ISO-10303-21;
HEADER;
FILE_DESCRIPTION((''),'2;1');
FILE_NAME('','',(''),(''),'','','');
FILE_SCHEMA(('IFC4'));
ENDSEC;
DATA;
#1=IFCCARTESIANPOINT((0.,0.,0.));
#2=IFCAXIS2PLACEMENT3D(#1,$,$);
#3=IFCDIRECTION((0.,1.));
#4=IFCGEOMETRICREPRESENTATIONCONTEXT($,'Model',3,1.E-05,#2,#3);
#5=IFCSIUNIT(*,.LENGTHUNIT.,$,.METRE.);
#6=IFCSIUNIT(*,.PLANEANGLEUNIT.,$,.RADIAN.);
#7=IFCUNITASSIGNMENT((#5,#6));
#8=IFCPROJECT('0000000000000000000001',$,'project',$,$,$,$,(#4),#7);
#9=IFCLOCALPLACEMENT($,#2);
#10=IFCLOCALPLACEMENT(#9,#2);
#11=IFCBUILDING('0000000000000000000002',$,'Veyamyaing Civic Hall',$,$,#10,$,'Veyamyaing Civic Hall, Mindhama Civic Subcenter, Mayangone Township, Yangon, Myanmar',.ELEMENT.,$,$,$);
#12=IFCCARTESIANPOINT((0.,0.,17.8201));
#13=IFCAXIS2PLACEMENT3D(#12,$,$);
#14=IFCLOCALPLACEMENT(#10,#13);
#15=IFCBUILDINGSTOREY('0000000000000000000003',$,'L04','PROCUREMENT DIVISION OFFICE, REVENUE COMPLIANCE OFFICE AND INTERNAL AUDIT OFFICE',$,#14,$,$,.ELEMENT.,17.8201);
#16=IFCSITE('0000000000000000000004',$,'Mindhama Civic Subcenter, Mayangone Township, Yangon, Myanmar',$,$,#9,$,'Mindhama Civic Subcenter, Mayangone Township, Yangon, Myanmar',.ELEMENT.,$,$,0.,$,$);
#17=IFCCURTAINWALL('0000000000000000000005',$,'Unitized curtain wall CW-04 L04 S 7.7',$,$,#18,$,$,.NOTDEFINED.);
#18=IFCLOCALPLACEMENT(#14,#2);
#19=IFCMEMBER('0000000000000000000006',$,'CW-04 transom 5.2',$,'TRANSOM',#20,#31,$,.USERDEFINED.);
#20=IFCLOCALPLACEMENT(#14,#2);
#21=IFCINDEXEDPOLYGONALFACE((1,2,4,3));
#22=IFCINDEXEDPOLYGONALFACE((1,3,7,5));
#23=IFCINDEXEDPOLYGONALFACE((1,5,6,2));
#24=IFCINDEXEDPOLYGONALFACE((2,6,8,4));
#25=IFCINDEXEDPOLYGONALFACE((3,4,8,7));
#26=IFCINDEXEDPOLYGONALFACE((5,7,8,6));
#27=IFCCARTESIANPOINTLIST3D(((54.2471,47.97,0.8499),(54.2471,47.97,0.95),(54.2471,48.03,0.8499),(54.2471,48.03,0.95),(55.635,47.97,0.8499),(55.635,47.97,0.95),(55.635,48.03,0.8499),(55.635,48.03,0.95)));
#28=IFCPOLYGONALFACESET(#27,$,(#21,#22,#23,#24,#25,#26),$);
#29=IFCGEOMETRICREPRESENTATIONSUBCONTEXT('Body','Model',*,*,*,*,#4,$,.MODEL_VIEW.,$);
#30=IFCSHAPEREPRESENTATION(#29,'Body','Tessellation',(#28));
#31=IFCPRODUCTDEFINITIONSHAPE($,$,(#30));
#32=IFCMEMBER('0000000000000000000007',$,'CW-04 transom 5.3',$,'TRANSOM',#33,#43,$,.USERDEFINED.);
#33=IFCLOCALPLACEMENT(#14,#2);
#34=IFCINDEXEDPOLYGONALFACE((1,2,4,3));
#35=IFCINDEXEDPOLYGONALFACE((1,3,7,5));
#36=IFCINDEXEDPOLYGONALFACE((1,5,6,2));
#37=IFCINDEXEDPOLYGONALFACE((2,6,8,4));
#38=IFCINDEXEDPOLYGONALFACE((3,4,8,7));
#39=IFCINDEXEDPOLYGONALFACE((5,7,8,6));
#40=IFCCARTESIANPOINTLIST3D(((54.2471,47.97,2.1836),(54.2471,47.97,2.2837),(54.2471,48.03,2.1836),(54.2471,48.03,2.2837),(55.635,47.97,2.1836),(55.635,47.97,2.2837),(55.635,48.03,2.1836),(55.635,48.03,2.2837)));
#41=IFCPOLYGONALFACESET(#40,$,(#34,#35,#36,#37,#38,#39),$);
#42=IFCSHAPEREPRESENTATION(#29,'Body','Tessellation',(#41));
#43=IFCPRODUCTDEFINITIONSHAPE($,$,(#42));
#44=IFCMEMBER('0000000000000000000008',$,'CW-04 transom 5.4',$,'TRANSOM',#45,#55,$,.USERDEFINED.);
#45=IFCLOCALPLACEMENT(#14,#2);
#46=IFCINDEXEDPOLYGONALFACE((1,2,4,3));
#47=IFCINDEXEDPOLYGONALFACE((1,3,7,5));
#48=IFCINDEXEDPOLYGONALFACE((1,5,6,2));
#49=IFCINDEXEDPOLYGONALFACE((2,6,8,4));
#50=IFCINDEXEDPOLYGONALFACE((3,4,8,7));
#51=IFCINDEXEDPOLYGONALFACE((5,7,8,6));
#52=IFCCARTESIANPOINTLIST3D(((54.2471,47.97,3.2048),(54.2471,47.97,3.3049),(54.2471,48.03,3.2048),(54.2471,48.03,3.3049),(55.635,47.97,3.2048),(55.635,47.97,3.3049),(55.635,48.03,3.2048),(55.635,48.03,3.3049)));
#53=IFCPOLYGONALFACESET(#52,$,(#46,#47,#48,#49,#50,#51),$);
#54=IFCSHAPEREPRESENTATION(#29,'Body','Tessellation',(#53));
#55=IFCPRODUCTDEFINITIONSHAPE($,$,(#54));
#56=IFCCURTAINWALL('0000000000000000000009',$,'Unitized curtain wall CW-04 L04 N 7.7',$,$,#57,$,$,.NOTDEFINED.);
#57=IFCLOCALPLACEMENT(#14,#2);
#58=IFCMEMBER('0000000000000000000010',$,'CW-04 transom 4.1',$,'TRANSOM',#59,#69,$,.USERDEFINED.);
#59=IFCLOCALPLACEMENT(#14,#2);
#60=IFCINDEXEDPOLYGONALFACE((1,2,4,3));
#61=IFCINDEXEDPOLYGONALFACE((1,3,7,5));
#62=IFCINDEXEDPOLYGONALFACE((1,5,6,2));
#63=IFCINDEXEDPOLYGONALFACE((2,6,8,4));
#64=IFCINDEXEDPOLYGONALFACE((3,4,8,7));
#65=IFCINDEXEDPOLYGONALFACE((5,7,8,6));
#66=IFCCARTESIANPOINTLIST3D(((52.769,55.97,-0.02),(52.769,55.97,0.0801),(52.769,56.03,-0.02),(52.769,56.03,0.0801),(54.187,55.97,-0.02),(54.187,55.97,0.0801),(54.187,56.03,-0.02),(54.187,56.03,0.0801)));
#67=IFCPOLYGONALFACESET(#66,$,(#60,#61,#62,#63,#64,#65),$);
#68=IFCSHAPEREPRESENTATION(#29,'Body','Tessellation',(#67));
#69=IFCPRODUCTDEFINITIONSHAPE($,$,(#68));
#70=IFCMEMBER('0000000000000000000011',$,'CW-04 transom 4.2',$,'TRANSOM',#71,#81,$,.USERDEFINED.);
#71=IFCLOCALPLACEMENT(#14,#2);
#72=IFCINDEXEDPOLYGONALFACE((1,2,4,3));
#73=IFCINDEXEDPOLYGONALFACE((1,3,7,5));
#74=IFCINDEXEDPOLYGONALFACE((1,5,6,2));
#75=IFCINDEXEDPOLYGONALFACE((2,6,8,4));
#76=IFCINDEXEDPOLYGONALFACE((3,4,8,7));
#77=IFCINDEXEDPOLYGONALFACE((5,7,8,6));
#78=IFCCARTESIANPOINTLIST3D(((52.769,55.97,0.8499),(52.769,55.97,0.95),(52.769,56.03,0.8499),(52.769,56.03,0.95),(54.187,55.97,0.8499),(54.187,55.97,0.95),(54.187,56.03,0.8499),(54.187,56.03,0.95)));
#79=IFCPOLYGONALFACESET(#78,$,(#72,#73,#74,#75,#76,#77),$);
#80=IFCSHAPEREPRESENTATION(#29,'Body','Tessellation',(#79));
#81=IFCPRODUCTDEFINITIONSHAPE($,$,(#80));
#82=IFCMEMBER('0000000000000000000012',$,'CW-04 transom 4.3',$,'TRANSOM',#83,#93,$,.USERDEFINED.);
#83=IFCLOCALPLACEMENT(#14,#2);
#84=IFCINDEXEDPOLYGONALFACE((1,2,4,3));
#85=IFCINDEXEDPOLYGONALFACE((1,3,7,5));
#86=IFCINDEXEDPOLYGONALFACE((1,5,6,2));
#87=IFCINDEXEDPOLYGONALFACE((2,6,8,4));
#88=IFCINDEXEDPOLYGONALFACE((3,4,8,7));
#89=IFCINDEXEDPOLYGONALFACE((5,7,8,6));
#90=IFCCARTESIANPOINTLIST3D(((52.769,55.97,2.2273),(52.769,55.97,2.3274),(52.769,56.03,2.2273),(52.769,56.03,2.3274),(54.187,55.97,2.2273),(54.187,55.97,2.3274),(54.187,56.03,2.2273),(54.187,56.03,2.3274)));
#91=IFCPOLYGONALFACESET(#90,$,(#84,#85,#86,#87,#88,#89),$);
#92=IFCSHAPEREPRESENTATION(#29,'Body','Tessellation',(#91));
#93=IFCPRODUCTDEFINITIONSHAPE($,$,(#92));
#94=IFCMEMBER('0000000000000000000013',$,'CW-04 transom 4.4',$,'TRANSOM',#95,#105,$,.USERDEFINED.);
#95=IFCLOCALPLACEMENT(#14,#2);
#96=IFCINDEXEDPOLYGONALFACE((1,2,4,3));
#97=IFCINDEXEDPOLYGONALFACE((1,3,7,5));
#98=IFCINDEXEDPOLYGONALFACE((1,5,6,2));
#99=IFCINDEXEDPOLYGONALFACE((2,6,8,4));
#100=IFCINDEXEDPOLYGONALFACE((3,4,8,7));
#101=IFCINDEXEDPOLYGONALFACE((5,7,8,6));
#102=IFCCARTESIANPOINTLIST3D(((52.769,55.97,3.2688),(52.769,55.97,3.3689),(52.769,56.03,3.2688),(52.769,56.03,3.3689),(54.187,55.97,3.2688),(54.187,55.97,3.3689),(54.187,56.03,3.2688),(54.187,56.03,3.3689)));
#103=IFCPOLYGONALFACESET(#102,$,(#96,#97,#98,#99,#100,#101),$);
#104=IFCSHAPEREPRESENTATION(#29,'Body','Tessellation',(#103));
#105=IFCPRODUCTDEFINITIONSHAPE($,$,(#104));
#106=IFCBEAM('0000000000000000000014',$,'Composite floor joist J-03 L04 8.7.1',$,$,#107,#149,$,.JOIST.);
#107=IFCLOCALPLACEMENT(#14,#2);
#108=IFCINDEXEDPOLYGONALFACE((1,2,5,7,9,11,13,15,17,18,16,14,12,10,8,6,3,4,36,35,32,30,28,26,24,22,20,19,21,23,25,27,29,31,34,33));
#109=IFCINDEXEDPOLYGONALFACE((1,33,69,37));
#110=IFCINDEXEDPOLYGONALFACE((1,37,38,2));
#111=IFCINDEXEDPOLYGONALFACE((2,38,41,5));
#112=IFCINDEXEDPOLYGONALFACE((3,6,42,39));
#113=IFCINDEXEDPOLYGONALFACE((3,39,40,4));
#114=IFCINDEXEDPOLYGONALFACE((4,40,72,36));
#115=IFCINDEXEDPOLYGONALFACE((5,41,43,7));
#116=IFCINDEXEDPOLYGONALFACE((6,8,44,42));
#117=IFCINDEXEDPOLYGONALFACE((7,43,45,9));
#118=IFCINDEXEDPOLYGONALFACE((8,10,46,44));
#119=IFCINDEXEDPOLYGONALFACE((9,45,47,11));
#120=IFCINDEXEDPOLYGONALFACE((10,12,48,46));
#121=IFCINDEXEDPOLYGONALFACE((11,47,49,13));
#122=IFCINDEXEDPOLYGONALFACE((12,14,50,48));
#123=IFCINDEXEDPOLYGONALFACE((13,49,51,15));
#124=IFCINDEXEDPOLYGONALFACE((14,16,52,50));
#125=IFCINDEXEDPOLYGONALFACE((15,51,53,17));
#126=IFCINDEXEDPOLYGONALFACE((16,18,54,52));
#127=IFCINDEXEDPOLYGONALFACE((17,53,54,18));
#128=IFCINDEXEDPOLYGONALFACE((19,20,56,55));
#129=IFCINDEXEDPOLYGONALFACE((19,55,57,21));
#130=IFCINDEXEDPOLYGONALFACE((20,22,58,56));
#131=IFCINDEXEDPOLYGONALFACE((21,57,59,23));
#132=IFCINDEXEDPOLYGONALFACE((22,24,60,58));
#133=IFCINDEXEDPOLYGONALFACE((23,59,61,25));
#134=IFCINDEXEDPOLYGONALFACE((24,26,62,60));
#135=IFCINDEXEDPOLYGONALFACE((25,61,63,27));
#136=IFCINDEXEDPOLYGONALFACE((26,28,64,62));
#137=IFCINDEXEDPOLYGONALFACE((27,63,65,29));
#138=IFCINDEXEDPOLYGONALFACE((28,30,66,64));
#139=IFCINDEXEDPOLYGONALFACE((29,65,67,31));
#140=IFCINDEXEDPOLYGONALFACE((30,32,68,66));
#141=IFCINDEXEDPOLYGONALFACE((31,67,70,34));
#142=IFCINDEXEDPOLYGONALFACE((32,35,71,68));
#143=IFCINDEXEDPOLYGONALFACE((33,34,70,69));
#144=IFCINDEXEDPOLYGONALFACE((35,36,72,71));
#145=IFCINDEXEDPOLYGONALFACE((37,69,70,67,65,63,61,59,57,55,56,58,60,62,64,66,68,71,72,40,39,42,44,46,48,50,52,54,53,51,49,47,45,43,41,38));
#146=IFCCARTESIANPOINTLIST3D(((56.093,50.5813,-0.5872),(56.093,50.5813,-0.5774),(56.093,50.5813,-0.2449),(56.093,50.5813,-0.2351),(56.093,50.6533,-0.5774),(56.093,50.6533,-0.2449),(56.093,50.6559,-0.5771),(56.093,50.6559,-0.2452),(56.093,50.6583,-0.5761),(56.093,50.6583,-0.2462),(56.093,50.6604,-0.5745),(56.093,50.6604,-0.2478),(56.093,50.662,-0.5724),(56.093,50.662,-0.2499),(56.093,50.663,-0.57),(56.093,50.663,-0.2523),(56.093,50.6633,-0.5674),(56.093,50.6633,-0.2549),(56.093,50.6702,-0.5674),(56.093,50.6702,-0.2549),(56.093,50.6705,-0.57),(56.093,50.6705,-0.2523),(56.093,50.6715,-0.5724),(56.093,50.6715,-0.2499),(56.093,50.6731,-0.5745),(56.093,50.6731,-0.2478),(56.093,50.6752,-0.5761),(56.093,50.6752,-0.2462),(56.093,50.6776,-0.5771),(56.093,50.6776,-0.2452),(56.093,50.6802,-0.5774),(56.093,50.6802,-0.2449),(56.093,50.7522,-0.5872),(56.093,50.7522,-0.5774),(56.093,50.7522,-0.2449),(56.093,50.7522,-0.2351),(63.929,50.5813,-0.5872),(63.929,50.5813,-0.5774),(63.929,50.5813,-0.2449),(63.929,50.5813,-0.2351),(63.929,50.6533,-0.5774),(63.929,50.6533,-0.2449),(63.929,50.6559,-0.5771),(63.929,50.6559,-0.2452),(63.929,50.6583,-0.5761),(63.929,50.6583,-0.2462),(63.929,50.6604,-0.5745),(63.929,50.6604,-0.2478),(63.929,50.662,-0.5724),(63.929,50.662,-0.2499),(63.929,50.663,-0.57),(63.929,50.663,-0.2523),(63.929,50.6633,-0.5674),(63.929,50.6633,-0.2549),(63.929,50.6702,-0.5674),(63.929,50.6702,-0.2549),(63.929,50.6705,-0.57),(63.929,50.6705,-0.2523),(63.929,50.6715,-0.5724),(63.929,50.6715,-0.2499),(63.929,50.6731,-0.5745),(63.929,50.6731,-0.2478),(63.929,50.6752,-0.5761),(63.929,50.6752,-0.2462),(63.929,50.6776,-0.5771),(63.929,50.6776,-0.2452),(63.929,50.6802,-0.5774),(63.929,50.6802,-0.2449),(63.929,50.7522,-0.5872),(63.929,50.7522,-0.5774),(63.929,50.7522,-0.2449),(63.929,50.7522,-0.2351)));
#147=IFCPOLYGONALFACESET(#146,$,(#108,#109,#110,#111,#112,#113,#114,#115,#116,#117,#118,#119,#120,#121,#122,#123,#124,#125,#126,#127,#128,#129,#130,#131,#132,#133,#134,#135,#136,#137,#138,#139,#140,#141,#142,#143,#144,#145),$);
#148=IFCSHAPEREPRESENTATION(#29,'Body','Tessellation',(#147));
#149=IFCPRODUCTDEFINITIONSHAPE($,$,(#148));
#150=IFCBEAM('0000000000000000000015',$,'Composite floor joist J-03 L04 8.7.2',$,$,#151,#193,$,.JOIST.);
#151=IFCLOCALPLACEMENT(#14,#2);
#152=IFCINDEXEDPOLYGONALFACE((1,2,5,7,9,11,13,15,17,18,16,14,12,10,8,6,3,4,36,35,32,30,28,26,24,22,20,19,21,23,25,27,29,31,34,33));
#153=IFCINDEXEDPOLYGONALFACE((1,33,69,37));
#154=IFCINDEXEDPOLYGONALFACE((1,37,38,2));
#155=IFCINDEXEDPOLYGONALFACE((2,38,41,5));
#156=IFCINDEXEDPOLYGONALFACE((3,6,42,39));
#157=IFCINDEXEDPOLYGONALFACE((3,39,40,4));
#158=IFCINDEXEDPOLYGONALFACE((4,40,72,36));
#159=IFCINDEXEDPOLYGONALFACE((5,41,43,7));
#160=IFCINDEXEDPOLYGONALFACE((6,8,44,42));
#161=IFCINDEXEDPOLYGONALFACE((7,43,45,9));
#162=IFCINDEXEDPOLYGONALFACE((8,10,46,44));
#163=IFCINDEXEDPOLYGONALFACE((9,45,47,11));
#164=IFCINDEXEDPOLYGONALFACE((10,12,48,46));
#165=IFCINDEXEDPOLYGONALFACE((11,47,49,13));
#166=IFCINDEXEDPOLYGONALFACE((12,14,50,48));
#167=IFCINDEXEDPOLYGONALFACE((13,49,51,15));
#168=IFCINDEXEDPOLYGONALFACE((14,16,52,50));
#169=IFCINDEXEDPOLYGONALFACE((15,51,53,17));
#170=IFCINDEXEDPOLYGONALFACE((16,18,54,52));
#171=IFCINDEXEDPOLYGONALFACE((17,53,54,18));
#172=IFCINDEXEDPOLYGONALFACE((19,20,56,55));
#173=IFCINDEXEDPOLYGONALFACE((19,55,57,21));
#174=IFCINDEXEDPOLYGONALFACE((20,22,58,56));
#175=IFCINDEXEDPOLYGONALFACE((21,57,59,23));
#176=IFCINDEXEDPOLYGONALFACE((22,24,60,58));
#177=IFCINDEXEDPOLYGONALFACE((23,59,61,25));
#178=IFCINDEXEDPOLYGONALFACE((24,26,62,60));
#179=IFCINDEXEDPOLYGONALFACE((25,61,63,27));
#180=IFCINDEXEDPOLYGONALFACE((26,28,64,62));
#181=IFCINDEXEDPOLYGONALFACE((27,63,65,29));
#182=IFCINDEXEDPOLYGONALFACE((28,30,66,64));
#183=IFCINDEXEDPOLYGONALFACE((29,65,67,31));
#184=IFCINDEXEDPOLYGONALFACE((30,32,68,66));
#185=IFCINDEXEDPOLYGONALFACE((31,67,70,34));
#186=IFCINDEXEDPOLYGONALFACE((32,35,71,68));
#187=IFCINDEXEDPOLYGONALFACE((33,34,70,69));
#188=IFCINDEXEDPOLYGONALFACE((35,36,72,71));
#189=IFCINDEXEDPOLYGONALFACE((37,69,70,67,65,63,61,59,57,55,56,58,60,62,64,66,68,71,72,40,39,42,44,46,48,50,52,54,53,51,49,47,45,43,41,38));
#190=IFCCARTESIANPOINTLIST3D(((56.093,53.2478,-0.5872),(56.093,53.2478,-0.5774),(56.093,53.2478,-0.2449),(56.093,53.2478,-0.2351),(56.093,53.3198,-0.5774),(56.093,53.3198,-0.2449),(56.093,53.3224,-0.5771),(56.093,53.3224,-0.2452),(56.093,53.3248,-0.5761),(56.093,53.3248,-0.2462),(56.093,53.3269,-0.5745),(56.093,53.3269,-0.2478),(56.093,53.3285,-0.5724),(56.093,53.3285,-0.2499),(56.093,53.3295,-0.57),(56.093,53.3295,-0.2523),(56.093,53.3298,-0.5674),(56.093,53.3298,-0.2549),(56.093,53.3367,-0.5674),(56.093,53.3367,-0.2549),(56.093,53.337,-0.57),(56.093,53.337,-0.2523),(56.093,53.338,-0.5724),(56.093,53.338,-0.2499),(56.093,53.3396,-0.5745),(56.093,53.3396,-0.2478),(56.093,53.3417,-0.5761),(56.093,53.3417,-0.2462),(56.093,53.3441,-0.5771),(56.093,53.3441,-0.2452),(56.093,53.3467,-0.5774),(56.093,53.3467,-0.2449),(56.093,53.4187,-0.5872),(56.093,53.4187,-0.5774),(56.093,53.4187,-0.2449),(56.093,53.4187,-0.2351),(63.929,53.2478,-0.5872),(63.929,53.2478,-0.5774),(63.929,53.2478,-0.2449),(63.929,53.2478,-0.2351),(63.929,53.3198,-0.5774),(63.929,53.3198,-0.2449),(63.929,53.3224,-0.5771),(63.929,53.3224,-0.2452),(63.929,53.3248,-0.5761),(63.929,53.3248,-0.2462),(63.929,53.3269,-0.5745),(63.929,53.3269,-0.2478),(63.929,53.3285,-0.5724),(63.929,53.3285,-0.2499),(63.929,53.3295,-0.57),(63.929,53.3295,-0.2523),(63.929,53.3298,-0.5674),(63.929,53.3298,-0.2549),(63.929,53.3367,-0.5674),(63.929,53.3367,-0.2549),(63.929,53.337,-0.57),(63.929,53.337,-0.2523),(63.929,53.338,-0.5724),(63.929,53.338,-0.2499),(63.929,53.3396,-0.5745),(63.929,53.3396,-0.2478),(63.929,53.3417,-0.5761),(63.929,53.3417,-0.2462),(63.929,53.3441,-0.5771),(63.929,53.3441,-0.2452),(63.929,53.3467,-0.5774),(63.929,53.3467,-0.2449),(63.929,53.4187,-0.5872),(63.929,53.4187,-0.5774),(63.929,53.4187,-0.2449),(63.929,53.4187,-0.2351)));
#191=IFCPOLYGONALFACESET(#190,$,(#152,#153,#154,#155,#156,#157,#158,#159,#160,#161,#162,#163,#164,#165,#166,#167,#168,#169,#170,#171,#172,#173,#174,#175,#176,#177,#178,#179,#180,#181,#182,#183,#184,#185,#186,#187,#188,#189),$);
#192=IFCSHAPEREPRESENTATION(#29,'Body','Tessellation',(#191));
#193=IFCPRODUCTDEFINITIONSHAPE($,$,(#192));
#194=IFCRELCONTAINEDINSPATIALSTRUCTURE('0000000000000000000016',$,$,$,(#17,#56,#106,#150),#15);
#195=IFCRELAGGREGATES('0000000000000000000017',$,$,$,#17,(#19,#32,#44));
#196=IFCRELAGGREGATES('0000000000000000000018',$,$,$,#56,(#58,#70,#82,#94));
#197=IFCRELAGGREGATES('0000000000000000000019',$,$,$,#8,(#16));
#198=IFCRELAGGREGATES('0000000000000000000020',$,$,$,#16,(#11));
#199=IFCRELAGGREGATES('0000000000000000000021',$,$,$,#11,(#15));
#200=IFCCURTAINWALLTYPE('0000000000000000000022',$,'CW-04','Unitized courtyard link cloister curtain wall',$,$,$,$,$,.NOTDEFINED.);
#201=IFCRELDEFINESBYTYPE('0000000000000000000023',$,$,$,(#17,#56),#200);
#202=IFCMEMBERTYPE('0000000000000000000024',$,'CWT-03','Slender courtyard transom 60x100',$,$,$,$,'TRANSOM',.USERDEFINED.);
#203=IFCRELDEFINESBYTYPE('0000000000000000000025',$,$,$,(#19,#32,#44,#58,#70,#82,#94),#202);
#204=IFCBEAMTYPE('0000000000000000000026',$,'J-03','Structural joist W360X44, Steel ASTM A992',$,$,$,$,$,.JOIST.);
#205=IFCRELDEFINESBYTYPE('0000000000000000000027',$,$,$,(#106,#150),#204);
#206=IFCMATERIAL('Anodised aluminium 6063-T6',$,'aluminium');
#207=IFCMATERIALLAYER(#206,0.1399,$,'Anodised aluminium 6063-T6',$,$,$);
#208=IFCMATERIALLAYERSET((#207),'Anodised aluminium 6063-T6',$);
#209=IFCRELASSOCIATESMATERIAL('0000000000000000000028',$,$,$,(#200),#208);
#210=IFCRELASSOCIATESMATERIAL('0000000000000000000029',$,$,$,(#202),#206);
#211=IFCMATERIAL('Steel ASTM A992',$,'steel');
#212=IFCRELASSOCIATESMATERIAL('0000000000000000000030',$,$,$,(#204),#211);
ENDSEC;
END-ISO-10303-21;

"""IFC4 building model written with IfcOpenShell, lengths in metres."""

from ifc_helpers import new_model, si_unit, direction, frame, origin, origin_2d, place, context, subcontext, project, spatial, rectangle, i_section, extrude, material, layer, layer_set, material_profile, profile_set, type_object, element, aggregate, save


model = new_model("IFC4")

# Units and contexts
model_context = context("Model", 3, precision=1e-05, world=origin(), true_north=direction((0.0, 1.0)))
body_context = subcontext(model_context, "Body", "Model", "MODEL_VIEW")
ifc_project = project(units=[si_unit("LENGTHUNIT", "METRE"), si_unit("PLANEANGLEUNIT", "RADIAN")], contexts=[model_context])

# Site, building, storey
site_placement = place(None, origin())
site = spatial("IfcSite", under=ifc_project, at=site_placement, Name="Mindhama Civic Subcenter, Mayangone Township, Yangon, Myanmar", LongName="Mindhama Civic Subcenter, Mayangone Township, Yangon, Myanmar", CompositionType="ELEMENT", RefElevation=0.0)
building_placement = place(site_placement, origin())
building = spatial("IfcBuilding", under=site, at=building_placement, Name="Veyamyaing Civic Hall", LongName="Veyamyaing Civic Hall, Mindhama Civic Subcenter, Mayangone Township, Yangon, Myanmar", CompositionType="ELEMENT")
storey_placement = place(building_placement, frame((0.0, 0.0, 17.8201)))
storey = spatial("IfcBuildingStorey", under=building, at=storey_placement, Name="L04", Description="PROCUREMENT DIVISION OFFICE, REVENUE COMPLIANCE OFFICE AND INTERNAL AUDIT OFFICE", CompositionType="ELEMENT", Elevation=17.8201)

# Shared definitions
ifc_material_1 = material(Name="Steel ASTM A992", Category="steel")

# Curtain walls, members
ifc_material_2 = material(Name="Anodised aluminium 6063-T6", Category="aluminium")
ifc_layer_1 = layer(ifc_material_2, 0.1399, Name="Anodised aluminium 6063-T6")
ifc_layer_set_1 = layer_set([ifc_layer_1], Name="Anodised aluminium 6063-T6")
curtain_wall_type = type_object("IfcCurtainWallType", Name="CW-04", Description="Unitized courtyard link cloister curtain wall", PredefinedType="NOTDEFINED", material=ifc_layer_set_1)
curtain_wall_1_placement = place(storey_placement, origin())
curtain_wall_1 = element("IfcCurtainWall", 1, at=curtain_wall_1_placement, inside=storey, type_object=curtain_wall_type, Name="Unitized curtain wall CW-04 L04 S 7.7", PredefinedType="NOTDEFINED")
ifc_material_profile_1 = material_profile(ifc_material_2, rectangle(XDim=0.0601, YDim=0.1001, at=origin_2d()), Name="ALU-TRN-60X100")
ifc_profile_set_1 = profile_set([ifc_material_profile_1], Name="Anodised aluminium 6063-T6")
member_type_1 = type_object("IfcMemberType", Name="CWT-03", Description="Slender courtyard transom 60x100", ElementType="TRANSOM", PredefinedType="USERDEFINED", material=ifc_profile_set_1)
member_1_placement = place(storey_placement, frame((54.2471, 48.0, 0.8999), z_axis=(1.0, 0.0, 0.0), x_axis=(0.0, 1.0, 0.0)))
member_1 = element("IfcMember", 2, at=member_1_placement, type_object=member_type_1, Name="CW-04 transom 5.2", ObjectType="TRANSOM", PredefinedType="USERDEFINED", context=body_context, shape_type="SweptSolid", body=[
    extrude(rectangle(XDim=0.0601, YDim=0.1001, at=origin_2d()), origin(), (0.0, 0.0, 1.0), 1.3879),
])
member_2_placement = place(storey_placement, frame((54.2471, 48.0, 2.2336), z_axis=(1.0, 0.0, 0.0), x_axis=(0.0, 1.0, 0.0)))
member_2 = element("IfcMember", 3, at=member_2_placement, type_object=member_type_1, Name="CW-04 transom 5.3", ObjectType="TRANSOM", PredefinedType="USERDEFINED", context=body_context, shape_type="SweptSolid", body=[
    extrude(rectangle(XDim=0.0601, YDim=0.1001, at=origin_2d()), origin(), (0.0, 0.0, 1.0), 1.3879),
])
member_3_placement = place(storey_placement, frame((54.2471, 48.0, 3.2549), z_axis=(1.0, 0.0, 0.0), x_axis=(0.0, 1.0, 0.0)))
member_3 = element("IfcMember", 4, at=member_3_placement, type_object=member_type_1, Name="CW-04 transom 5.4", ObjectType="TRANSOM", PredefinedType="USERDEFINED", context=body_context, shape_type="SweptSolid", body=[
    extrude(rectangle(XDim=0.0601, YDim=0.1001, at=origin_2d()), origin(), (0.0, 0.0, 1.0), 1.3879),
])
curtain_wall_2_placement = place(storey_placement, origin())
curtain_wall_2 = element("IfcCurtainWall", 5, at=curtain_wall_2_placement, inside=storey, type_object=curtain_wall_type, Name="Unitized curtain wall CW-04 L04 N 7.7", PredefinedType="NOTDEFINED")
member_4_placement = place(storey_placement, frame((52.769, 56.0, 0.03), z_axis=(1.0, 0.0, 0.0), x_axis=(0.0, 1.0, 0.0)))
member_4 = element("IfcMember", 6, at=member_4_placement, type_object=member_type_1, Name="CW-04 transom 4.1", ObjectType="TRANSOM", PredefinedType="USERDEFINED", context=body_context, shape_type="SweptSolid", body=[
    extrude(rectangle(XDim=0.0601, YDim=0.1001, at=origin_2d()), origin(), (0.0, 0.0, 1.0), 1.418),
])
member_5_placement = place(storey_placement, frame((52.769, 56.0, 0.8999), z_axis=(1.0, 0.0, 0.0), x_axis=(0.0, 1.0, 0.0)))
member_5 = element("IfcMember", 7, at=member_5_placement, type_object=member_type_1, Name="CW-04 transom 4.2", ObjectType="TRANSOM", PredefinedType="USERDEFINED", context=body_context, shape_type="SweptSolid", body=[
    extrude(rectangle(XDim=0.0601, YDim=0.1001, at=origin_2d()), origin(), (0.0, 0.0, 1.0), 1.418),
])
member_6_placement = place(storey_placement, frame((52.769, 56.0, 2.2773), z_axis=(1.0, 0.0, 0.0), x_axis=(0.0, 1.0, 0.0)))
member_6 = element("IfcMember", 8, at=member_6_placement, type_object=member_type_1, Name="CW-04 transom 4.3", ObjectType="TRANSOM", PredefinedType="USERDEFINED", context=body_context, shape_type="SweptSolid", body=[
    extrude(rectangle(XDim=0.0601, YDim=0.1001, at=origin_2d()), origin(), (0.0, 0.0, 1.0), 1.418),
])
member_7_placement = place(storey_placement, frame((52.769, 56.0, 3.3188), z_axis=(1.0, 0.0, 0.0), x_axis=(0.0, 1.0, 0.0)))
member_7 = element("IfcMember", 9, at=member_7_placement, type_object=member_type_1, Name="CW-04 transom 4.4", ObjectType="TRANSOM", PredefinedType="USERDEFINED", context=body_context, shape_type="SweptSolid", body=[
    extrude(rectangle(XDim=0.0601, YDim=0.1001, at=origin_2d()), origin(), (0.0, 0.0, 1.0), 1.418),
])

# Beams
ifc_material_profile_2 = material_profile(ifc_material_1, i_section(OverallWidth=0.1709, OverallDepth=0.3521, WebThickness=0.0068, FlangeThickness=0.0098, FilletRadius=0.01, at=origin_2d()), Name="W360X44")
ifc_profile_set_2 = profile_set([ifc_material_profile_2], Name="Steel ASTM A992")
beam_type_1 = type_object("IfcBeamType", Name="J-03", Description="Structural joist W360X44, Steel ASTM A992", PredefinedType="JOIST", material=ifc_profile_set_2)
for number, where, z_axis, x_axis, name in (
    (10, (56.093, 50.6667, -0.4111), (1.0, 0.0, 0.0), (0.0, 1.0, 0.0), "Composite floor joist J-03 L04 8.7.1"),
    (11, (56.093, 53.3333, -0.4111), (1.0, 0.0, 0.0), (0.0, 1.0, 0.0), "Composite floor joist J-03 L04 8.7.2"),
):
    element("IfcBeam", number, at=place(storey_placement, frame(where, z_axis=z_axis, x_axis=x_axis)), inside=storey, type_object=beam_type_1, Name=name, PredefinedType="JOIST", context=body_context, shape_type="SweptSolid", body=[
        extrude(i_section(OverallWidth=0.1709, OverallDepth=0.3521, WebThickness=0.0068, FlangeThickness=0.0098, FilletRadius=0.01, at=origin_2d()), origin(), (0.0, 0.0, 1.0), 7.8359),
    ])

aggregate(curtain_wall_1, [member_1, member_2, member_3])
aggregate(curtain_wall_2, [member_4, member_5, member_6, member_7])

save(model, "model.ifc")
